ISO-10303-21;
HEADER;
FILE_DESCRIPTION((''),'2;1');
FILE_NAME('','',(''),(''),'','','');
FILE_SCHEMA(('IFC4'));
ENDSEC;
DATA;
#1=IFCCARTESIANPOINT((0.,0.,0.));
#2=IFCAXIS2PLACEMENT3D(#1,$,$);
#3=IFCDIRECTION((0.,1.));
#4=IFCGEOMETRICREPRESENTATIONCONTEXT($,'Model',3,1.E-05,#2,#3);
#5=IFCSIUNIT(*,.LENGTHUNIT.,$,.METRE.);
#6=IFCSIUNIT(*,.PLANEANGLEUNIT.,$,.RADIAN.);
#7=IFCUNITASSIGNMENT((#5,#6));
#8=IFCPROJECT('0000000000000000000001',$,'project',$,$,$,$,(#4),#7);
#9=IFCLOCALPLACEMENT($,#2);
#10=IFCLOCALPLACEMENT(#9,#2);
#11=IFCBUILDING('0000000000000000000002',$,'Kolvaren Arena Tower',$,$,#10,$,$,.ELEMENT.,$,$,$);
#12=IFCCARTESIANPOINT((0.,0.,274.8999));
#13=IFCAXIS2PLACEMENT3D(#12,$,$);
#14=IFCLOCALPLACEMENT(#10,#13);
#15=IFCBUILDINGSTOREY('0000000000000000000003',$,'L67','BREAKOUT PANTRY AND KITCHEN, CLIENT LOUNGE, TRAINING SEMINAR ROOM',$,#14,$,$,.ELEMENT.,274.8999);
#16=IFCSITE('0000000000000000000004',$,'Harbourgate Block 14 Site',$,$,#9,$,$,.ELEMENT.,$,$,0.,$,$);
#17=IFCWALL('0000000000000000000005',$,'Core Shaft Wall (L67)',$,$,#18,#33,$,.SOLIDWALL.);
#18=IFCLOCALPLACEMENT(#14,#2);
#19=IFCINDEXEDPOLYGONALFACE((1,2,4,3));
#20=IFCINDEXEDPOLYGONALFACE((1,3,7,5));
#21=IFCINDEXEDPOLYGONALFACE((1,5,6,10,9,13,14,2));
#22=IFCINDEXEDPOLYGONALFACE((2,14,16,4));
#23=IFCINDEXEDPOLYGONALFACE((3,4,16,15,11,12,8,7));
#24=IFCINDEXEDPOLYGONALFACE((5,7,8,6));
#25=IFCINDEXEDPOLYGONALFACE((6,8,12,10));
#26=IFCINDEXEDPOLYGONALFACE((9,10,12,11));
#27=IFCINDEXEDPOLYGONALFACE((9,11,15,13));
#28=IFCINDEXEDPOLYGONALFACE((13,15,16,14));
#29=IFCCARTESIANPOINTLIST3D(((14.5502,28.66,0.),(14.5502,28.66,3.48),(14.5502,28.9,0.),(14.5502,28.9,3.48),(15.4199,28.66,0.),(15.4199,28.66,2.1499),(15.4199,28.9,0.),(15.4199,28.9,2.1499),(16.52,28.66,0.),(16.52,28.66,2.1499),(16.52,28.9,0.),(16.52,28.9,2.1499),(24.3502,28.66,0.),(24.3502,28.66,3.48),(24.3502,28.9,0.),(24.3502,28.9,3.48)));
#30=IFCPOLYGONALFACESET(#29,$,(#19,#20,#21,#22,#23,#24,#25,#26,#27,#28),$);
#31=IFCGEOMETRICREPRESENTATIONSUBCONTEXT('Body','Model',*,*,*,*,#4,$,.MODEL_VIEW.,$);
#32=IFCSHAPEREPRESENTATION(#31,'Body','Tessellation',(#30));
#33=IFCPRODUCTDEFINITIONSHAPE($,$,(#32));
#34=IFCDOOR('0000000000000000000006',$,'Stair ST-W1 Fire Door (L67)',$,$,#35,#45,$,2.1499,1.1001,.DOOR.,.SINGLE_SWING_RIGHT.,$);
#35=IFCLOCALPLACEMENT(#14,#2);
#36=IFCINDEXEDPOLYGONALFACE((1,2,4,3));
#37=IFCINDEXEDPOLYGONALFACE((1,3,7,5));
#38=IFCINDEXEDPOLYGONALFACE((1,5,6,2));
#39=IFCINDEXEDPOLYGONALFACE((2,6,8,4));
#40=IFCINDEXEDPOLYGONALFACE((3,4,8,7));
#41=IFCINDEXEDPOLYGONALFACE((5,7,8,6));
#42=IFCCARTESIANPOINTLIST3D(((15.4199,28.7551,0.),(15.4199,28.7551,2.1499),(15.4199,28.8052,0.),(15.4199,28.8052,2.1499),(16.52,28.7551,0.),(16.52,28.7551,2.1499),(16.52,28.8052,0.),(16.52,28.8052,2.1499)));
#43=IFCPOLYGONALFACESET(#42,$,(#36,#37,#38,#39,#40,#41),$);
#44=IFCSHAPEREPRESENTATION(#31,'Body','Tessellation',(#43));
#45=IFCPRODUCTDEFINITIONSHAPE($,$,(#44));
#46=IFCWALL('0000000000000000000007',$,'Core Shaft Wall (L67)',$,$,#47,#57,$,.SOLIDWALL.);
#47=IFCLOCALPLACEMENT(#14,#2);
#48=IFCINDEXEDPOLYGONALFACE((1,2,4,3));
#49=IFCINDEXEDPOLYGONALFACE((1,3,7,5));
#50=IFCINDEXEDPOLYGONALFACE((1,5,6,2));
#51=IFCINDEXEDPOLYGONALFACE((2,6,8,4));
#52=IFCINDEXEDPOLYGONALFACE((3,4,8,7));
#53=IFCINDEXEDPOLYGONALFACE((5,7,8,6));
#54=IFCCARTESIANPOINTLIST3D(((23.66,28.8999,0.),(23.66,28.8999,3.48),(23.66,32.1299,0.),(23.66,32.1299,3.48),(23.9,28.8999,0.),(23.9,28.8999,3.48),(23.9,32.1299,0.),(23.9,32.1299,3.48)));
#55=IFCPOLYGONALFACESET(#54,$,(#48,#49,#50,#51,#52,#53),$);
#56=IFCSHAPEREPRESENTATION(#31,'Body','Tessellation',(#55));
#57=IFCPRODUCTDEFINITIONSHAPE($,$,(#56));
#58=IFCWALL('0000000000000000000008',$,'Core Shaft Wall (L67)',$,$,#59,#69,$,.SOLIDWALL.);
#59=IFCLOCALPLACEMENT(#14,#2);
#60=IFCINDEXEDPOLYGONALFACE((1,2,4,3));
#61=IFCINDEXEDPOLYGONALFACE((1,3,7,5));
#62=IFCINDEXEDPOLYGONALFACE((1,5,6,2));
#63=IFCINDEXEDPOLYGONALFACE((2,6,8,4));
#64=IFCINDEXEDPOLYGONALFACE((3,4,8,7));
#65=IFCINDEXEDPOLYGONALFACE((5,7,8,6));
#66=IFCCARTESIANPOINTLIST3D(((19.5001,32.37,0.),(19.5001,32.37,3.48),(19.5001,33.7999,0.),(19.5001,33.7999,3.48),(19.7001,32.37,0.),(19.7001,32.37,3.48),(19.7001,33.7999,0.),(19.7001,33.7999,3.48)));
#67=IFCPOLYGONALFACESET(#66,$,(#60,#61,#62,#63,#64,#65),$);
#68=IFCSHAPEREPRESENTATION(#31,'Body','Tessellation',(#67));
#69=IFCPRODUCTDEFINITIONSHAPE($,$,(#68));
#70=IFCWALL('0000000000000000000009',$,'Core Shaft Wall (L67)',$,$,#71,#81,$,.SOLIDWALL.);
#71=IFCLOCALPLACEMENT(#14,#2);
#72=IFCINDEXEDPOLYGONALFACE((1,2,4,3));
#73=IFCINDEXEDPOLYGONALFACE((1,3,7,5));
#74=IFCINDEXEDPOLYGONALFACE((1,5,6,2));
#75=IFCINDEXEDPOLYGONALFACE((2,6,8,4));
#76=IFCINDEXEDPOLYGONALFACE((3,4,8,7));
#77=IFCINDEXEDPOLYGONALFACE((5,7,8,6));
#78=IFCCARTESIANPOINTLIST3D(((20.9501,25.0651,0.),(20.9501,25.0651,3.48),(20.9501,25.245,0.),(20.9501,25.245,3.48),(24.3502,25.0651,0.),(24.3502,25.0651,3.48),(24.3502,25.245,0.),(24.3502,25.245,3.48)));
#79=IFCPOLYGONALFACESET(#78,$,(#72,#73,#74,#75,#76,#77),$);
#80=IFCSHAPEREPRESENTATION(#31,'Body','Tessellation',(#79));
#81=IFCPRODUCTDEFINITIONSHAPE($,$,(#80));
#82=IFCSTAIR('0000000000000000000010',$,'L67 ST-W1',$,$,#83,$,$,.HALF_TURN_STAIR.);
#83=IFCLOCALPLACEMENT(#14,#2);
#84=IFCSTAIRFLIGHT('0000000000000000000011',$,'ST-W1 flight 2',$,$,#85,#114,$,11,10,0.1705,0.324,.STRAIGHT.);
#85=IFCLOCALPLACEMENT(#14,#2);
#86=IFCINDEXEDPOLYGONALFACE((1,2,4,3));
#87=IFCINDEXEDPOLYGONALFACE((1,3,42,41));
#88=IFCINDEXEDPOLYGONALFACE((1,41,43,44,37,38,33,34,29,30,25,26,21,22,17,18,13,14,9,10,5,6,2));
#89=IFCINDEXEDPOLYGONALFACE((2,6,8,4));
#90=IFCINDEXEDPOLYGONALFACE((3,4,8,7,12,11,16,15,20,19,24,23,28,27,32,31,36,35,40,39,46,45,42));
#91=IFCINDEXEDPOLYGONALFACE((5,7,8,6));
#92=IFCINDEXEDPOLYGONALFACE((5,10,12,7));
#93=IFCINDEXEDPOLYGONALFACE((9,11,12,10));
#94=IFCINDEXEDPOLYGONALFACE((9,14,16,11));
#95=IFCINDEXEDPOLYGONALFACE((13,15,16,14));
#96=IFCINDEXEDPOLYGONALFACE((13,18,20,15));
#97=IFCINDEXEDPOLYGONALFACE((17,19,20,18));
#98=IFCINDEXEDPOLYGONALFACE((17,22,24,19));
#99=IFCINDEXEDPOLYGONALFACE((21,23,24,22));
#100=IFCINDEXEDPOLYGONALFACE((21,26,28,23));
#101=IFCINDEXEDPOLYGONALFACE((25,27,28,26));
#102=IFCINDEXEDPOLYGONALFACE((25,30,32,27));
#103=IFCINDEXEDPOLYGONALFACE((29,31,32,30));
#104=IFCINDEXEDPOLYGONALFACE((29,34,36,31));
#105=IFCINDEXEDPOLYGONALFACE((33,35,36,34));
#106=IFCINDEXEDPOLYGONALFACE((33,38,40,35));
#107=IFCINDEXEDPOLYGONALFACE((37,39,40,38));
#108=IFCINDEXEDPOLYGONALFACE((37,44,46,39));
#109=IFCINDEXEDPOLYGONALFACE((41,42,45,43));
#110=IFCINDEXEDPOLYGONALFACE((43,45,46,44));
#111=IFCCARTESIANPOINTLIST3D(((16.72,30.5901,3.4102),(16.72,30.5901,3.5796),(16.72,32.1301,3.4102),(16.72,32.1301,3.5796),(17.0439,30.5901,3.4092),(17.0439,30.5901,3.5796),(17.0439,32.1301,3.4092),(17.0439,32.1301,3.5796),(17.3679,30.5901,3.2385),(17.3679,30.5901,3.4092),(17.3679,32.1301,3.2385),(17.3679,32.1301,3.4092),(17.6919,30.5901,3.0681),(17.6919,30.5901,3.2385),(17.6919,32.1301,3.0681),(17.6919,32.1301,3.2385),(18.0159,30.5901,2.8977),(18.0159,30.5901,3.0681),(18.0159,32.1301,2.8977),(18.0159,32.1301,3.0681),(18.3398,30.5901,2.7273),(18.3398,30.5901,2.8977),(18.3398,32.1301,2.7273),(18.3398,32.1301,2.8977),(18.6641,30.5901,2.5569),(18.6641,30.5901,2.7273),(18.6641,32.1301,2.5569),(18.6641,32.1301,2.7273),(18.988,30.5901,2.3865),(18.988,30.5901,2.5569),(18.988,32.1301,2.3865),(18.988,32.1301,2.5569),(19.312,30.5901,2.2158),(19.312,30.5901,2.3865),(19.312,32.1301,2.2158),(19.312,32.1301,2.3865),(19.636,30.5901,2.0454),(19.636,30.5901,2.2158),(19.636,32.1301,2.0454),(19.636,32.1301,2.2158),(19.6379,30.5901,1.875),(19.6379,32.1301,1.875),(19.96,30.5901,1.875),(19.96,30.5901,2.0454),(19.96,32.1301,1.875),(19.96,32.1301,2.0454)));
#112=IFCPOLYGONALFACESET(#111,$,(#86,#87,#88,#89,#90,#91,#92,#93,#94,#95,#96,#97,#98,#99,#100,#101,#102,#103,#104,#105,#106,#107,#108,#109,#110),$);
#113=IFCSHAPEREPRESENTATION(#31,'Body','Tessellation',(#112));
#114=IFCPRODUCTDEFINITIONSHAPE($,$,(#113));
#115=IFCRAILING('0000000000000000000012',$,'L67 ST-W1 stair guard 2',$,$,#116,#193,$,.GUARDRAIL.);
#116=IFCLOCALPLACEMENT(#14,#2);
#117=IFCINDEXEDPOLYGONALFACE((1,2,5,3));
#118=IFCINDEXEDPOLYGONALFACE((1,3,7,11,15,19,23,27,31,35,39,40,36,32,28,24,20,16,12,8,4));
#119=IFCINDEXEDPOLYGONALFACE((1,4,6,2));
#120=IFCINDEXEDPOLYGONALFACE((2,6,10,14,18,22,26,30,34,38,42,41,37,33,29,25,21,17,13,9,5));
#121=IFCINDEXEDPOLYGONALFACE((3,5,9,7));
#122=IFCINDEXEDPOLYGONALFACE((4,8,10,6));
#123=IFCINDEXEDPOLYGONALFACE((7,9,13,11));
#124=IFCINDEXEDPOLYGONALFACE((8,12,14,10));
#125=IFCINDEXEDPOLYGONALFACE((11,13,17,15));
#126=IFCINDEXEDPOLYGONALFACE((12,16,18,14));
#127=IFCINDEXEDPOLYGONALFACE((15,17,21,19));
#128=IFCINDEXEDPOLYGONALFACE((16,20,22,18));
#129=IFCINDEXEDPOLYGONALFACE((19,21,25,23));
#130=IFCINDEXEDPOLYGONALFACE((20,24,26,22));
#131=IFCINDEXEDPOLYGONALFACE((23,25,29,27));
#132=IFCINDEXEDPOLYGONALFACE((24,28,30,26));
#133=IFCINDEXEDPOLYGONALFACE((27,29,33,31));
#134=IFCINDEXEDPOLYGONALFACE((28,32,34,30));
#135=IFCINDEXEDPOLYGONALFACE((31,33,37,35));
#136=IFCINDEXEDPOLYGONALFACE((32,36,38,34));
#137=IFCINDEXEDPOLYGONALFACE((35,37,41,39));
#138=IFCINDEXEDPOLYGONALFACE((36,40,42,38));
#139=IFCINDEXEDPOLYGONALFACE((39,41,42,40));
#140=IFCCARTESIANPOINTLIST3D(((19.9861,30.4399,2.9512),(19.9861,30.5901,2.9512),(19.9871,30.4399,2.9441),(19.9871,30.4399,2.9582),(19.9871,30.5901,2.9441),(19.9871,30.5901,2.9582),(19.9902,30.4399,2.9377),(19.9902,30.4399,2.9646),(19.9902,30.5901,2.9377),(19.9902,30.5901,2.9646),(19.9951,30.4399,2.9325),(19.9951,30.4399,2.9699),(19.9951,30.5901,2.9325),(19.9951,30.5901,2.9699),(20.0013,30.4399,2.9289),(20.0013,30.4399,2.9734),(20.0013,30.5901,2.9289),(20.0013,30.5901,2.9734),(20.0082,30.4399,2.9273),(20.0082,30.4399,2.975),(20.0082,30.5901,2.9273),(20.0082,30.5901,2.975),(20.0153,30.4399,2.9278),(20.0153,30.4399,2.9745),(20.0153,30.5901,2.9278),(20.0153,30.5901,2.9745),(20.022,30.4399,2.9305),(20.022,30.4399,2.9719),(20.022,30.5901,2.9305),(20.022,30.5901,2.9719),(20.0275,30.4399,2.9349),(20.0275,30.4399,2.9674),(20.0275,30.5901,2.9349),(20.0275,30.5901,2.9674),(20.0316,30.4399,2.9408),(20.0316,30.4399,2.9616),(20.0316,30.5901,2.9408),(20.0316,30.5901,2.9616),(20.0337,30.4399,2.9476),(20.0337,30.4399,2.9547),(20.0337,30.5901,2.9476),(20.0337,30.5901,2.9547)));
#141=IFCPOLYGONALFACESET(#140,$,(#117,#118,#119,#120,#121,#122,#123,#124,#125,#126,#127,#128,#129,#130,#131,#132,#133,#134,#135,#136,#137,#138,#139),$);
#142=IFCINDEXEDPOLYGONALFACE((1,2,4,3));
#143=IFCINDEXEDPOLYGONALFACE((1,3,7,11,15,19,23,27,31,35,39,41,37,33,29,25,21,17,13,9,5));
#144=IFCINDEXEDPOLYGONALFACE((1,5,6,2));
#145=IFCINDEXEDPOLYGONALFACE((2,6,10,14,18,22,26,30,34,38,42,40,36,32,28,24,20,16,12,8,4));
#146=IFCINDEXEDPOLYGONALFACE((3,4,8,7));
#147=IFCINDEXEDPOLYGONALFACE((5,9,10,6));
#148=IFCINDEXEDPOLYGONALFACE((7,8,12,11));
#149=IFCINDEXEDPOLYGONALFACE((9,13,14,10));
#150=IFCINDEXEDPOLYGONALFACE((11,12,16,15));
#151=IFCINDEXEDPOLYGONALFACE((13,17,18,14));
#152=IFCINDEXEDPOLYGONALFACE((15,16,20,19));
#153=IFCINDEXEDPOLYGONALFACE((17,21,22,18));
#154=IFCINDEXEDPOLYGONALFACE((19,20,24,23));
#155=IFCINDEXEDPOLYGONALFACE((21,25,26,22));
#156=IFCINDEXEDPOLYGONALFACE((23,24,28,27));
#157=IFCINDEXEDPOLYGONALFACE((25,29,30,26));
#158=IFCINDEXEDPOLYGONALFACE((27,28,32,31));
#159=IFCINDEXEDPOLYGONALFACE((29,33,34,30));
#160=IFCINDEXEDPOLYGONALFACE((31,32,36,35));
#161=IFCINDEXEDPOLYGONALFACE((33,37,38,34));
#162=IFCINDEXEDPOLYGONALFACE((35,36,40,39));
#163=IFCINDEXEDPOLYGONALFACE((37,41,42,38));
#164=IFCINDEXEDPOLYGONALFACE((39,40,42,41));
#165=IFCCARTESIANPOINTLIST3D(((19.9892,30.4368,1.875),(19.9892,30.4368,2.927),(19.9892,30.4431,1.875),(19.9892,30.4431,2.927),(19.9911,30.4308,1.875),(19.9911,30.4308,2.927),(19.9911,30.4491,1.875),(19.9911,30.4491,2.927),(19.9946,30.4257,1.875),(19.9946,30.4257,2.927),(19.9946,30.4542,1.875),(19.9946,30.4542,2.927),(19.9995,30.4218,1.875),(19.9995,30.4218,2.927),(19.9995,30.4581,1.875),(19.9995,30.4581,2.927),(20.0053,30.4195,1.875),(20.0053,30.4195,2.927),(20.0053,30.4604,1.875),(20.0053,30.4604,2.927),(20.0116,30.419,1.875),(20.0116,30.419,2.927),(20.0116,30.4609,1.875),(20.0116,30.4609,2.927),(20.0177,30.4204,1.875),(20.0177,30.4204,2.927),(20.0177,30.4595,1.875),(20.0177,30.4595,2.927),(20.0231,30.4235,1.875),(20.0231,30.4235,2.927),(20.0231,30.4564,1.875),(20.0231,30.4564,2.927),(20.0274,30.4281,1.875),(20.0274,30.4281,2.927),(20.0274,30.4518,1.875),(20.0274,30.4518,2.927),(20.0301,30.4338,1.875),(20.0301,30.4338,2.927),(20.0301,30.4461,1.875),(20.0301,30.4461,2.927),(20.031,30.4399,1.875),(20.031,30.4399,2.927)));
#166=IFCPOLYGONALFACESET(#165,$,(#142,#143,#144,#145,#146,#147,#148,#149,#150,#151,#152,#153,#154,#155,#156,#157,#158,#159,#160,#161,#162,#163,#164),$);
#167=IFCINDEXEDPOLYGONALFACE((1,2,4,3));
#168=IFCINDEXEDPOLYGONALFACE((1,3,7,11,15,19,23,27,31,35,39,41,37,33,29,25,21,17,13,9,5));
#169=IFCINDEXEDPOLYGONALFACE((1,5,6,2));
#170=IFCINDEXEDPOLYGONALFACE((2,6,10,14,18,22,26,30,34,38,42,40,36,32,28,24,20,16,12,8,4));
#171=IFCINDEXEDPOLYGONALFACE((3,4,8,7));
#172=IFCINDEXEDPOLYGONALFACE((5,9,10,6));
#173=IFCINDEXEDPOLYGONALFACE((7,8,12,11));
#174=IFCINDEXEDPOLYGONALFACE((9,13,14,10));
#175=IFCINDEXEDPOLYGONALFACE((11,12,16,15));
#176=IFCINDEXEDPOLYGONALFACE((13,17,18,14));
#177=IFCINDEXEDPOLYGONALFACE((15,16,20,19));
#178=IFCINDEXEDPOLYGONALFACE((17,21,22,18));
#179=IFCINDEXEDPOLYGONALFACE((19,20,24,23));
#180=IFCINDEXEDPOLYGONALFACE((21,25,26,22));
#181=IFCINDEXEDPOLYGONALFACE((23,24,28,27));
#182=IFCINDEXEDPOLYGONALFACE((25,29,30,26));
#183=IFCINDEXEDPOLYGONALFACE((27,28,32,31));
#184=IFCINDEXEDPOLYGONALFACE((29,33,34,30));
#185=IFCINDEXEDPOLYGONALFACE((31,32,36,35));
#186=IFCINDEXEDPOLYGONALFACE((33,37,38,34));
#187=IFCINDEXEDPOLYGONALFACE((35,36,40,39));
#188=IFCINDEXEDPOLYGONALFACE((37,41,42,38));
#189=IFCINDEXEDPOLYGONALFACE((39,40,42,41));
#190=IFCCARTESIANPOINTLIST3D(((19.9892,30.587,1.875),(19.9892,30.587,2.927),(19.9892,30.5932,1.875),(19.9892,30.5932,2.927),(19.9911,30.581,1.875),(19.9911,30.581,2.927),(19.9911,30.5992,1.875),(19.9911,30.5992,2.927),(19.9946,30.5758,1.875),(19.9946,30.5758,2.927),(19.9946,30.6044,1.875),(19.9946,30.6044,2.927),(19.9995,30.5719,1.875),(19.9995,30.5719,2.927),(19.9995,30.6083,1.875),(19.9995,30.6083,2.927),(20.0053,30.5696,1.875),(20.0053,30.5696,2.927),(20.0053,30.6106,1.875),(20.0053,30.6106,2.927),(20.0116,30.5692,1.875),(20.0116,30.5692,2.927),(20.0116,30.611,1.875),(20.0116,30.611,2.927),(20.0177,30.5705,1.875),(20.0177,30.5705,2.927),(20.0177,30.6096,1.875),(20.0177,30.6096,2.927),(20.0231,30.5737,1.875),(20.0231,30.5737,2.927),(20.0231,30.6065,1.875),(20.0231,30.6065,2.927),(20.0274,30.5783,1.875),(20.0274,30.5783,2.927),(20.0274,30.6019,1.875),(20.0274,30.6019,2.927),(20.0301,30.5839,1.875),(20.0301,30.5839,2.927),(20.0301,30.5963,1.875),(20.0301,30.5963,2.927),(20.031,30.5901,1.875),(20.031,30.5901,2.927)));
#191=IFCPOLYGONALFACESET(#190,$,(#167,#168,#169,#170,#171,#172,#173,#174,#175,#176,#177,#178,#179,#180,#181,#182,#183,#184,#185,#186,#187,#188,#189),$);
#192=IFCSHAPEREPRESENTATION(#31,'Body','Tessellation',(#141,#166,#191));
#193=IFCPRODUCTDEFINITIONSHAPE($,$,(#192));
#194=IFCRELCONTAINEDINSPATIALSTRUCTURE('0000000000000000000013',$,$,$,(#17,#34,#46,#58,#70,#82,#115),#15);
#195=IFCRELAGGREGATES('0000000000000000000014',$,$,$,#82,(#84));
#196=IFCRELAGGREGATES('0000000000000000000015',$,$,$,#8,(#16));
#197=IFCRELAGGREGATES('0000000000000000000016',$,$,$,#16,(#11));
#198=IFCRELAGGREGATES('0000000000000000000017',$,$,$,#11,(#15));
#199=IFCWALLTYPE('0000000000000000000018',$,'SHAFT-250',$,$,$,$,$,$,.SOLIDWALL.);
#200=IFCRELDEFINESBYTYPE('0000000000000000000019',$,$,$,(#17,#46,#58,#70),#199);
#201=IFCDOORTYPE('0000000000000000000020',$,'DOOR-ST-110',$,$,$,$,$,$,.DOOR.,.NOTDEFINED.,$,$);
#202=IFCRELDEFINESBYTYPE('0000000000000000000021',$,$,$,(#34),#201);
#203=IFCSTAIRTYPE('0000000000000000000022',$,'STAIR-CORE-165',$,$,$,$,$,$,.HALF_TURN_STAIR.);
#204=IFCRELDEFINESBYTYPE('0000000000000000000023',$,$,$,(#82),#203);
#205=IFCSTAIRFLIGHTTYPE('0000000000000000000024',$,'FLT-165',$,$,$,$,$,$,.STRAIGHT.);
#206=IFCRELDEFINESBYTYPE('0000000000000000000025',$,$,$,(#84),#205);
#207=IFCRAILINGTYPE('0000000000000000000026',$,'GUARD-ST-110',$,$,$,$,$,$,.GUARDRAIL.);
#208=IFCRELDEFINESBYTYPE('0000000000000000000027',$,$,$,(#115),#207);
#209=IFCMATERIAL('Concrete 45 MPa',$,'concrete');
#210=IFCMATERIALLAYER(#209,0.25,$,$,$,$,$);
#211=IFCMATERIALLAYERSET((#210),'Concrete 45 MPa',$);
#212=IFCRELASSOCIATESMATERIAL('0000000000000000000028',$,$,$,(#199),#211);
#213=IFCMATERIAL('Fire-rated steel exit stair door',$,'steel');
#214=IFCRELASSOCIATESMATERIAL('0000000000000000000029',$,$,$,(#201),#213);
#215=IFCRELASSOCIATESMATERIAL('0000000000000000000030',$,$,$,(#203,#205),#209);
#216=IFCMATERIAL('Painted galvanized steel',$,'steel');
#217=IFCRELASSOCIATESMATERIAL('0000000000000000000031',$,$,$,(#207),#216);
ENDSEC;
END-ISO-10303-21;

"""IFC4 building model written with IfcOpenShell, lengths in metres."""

from ifc_helpers import new_model, si_unit, direction, frame, frame_2d, origin, origin_2d, place, context, subcontext, project, spatial, polyline, rectangle, circle, outline, extrude, material, layer, layer_set, type_object, element, fill, aggregate, save


model = new_model("IFC4")

# Units and contexts
model_context = context("Model", 3, precision=1e-05, world=origin(), true_north=direction((0.0, 1.0)))
body_context = subcontext(model_context, "Body", "Model", "MODEL_VIEW")
ifc_project = project(units=[si_unit("LENGTHUNIT", "METRE"), si_unit("PLANEANGLEUNIT", "RADIAN")], contexts=[model_context])

# Site, building, storey
site_placement = place(None, origin())
site = spatial("IfcSite", under=ifc_project, at=site_placement, Name="Harbourgate Block 14 Site", CompositionType="ELEMENT", RefElevation=0.0)
building_placement = place(site_placement, origin())
building = spatial("IfcBuilding", under=site, at=building_placement, Name="Kolvaren Arena Tower", CompositionType="ELEMENT")
storey_placement = place(building_placement, frame((0.0, 0.0, 274.8999)))
storey = spatial("IfcBuildingStorey", under=building, at=storey_placement, Name="L67", Description="BREAKOUT PANTRY AND KITCHEN, CLIENT LOUNGE, TRAINING SEMINAR ROOM", CompositionType="ELEMENT", Elevation=274.8999)

# Wall, opening, door
ifc_material_1 = material(Name="Concrete 45 MPa", Category="concrete")
ifc_layer = layer(ifc_material_1, 0.25)
ifc_layer_set = layer_set([ifc_layer], Name="Concrete 45 MPa")
wall_type = type_object("IfcWallType", Name="SHAFT-250", PredefinedType="SOLIDWALL", material=ifc_layer_set)
wall_1_placement = place(storey_placement, frame((24.3501, 28.78, 0.0), z_axis=(0.0, 0.0, 1.0), x_axis=(-1.0, 0.0, 0.0)))
wall_1 = element("IfcWall", 1, at=wall_1_placement, inside=storey, type_object=wall_type, Name="Core Shaft Wall (L67)", PredefinedType="SOLIDWALL", context=body_context, shape_type="SweptSolid", body=[
    extrude(rectangle(XDim=9.8, YDim=0.24, at=frame_2d((4.8999, 0.0))), origin(), (0.0, 0.0, 1.0), 3.48),
])
opening_placement = place(wall_1_placement, frame((7.8301, 0.0, 0.0)))
opening = element("IfcOpeningElement", 2, at=opening_placement, cuts=wall_1, PredefinedType="OPENING", context=body_context, shape_type="SweptSolid", body=[
    extrude(rectangle(XDim=1.1001, YDim=2.1499, at=frame_2d((0.55, 1.075))), frame((0.0, 0.1299, 0.0), z_axis=(0.0, -1.0, 0.0), x_axis=(1.0, 0.0, 0.0)), (0.0, 0.0, 1.0), 0.26),
])
ifc_material_2 = material(Name="Fire-rated steel exit stair door", Category="steel")
door_type = type_object("IfcDoorType", Name="DOOR-ST-110", OperationType="NOTDEFINED", PredefinedType="DOOR", material=ifc_material_2)
door_placement = place(opening_placement, origin())
door = element("IfcDoor", 3, at=door_placement, inside=storey, type_object=door_type, Name="Stair ST-W1 Fire Door (L67)", OperationType="SINGLE_SWING_RIGHT", OverallHeight=2.1499, OverallWidth=1.1001, PredefinedType="DOOR", context=body_context, shape_type="SweptSolid", body=[
    extrude(rectangle(XDim=1.1001, YDim=2.1499, at=frame_2d((0.55, 1.075))), frame((0.0, 0.0249, 0.0), z_axis=(0.0, -1.0, 0.0), x_axis=(1.0, 0.0, 0.0)), (0.0, 0.0, 1.0), 0.05),
])
fill(opening, door)

# Walls
wall_2_placement = place(storey_placement, frame((23.78, 28.8999, 0.0), z_axis=(0.0, 0.0, 1.0), x_axis=(0.0, 1.0, 0.0)))
element("IfcWall", 4, at=wall_2_placement, inside=storey, type_object=wall_type, Name="Core Shaft Wall (L67)", PredefinedType="SOLIDWALL", context=body_context, shape_type="SweptSolid", body=[
    extrude(rectangle(XDim=3.23, YDim=0.24, at=frame_2d((1.615, 0.0))), origin(), (0.0, 0.0, 1.0), 3.48),
])
wall_3_placement = place(storey_placement, frame((19.6001, 32.3701, 0.0), z_axis=(0.0, 0.0, 1.0), x_axis=(0.0, 1.0, 0.0)))
element("IfcWall", 5, at=wall_3_placement, inside=storey, type_object=wall_type, Name="Core Shaft Wall (L67)", PredefinedType="SOLIDWALL", context=body_context, shape_type="SweptSolid", body=[
    extrude(rectangle(XDim=1.4299, YDim=0.2, at=frame_2d((0.7148, 0.0))), origin(), (0.0, 0.0, 1.0), 3.48),
])
wall_4_placement = place(storey_placement, frame((20.95, 25.155, 0.0), z_axis=(0.0, 0.0, 1.0), x_axis=(1.0, 0.0, 0.0)))
element("IfcWall", 6, at=wall_4_placement, inside=storey, type_object=wall_type, Name="Core Shaft Wall (L67)", PredefinedType="SOLIDWALL", context=body_context, shape_type="SweptSolid", body=[
    extrude(rectangle(XDim=3.4001, YDim=0.1799, at=frame_2d((1.7002, 0.0))), origin(), (0.0, 0.0, 1.0), 3.48),
])

# Stair, stair flight
stair_type = type_object("IfcStairType", Name="STAIR-CORE-165", PredefinedType="HALF_TURN_STAIR", material=ifc_material_1)
stair_placement = place(storey_placement, origin())
stair = element("IfcStair", 7, at=stair_placement, inside=storey, type_object=stair_type, Name="L67 ST-W1", PredefinedType="HALF_TURN_STAIR")
stair_flight_type = type_object("IfcStairFlightType", Name="FLT-165", PredefinedType="STRAIGHT", material=ifc_material_1)
stair_flight_placement = place(storey_placement, frame((19.96, 31.3601, 1.875), z_axis=(0.0, 0.0, 1.0), x_axis=(-1.0, 0.0, 0.0)))
stair_flight = element("IfcStairFlight", 8, at=stair_flight_placement, type_object=stair_flight_type, Name="ST-W1 flight 2", NumberOfRisers=11, NumberOfTreads=10, PredefinedType="STRAIGHT", RiserHeight=0.1705, TreadLength=0.324, context=body_context, shape_type="SweptSolid", body=[
    extrude(outline(polyline([(0.0, 0.0), (0.0, 0.1704), (0.324, 0.1704), (0.324, 0.3408), (0.6479, 0.3408), (0.6479, 0.5115), (0.9719, 0.5115), (0.9719, 0.6819), (1.2959, 0.6819), (1.2959, 0.8523), (1.6201, 0.8523), (1.6201, 1.0227), (1.9441, 1.0227), (1.9441, 1.1931), (2.2681, 1.1931), (2.2681, 1.3635), (2.592, 1.3635), (2.592, 1.5342), (2.916, 1.5342), (2.916, 1.7046), (3.24, 1.7046), (3.24, 1.875), (3.24, 1.5352), (0.322, 0.0), (0.0, 0.0)])), frame((0.0, 0.77, 0.0), z_axis=(0.0, -1.0, 0.0), x_axis=(1.0, 0.0, 0.0)), (0.0, 0.0, 1.0), 1.54),
])
aggregate(stair, [stair_flight])

# Railing
ifc_material_3 = material(Name="Painted galvanized steel", Category="steel")
railing_type_1 = type_object("IfcRailingType", Name="GUARD-ST-110", PredefinedType="GUARDRAIL", material=ifc_material_3)
railing_1_placement = place(storey_placement, frame((20.01, 30.4399, 1.875)))
element("IfcRailing", 9, at=railing_1_placement, inside=storey, type_object=railing_type_1, Name="L67 ST-W1 stair guard 2", PredefinedType="GUARDRAIL", context=body_context, shape_type="SweptSolid", body=[
    extrude(circle(Radius=0.0239, at=origin_2d()), frame((0.0, 0.0, 1.0762), z_axis=(0.0, 1.0, 0.0), x_axis=(-1.0, 0.0, 0.0)), (0.0, 0.0, 1.0), 0.1501),
    extrude(circle(Radius=0.021, at=origin_2d()), origin(), (0.0, 0.0, 1.0), 1.052),
    extrude(circle(Radius=0.021, at=origin_2d()), frame((0.0, 0.1501, 0.0)), (0.0, 0.0, 1.0), 1.052),
])

save(model, "model.ifc")
